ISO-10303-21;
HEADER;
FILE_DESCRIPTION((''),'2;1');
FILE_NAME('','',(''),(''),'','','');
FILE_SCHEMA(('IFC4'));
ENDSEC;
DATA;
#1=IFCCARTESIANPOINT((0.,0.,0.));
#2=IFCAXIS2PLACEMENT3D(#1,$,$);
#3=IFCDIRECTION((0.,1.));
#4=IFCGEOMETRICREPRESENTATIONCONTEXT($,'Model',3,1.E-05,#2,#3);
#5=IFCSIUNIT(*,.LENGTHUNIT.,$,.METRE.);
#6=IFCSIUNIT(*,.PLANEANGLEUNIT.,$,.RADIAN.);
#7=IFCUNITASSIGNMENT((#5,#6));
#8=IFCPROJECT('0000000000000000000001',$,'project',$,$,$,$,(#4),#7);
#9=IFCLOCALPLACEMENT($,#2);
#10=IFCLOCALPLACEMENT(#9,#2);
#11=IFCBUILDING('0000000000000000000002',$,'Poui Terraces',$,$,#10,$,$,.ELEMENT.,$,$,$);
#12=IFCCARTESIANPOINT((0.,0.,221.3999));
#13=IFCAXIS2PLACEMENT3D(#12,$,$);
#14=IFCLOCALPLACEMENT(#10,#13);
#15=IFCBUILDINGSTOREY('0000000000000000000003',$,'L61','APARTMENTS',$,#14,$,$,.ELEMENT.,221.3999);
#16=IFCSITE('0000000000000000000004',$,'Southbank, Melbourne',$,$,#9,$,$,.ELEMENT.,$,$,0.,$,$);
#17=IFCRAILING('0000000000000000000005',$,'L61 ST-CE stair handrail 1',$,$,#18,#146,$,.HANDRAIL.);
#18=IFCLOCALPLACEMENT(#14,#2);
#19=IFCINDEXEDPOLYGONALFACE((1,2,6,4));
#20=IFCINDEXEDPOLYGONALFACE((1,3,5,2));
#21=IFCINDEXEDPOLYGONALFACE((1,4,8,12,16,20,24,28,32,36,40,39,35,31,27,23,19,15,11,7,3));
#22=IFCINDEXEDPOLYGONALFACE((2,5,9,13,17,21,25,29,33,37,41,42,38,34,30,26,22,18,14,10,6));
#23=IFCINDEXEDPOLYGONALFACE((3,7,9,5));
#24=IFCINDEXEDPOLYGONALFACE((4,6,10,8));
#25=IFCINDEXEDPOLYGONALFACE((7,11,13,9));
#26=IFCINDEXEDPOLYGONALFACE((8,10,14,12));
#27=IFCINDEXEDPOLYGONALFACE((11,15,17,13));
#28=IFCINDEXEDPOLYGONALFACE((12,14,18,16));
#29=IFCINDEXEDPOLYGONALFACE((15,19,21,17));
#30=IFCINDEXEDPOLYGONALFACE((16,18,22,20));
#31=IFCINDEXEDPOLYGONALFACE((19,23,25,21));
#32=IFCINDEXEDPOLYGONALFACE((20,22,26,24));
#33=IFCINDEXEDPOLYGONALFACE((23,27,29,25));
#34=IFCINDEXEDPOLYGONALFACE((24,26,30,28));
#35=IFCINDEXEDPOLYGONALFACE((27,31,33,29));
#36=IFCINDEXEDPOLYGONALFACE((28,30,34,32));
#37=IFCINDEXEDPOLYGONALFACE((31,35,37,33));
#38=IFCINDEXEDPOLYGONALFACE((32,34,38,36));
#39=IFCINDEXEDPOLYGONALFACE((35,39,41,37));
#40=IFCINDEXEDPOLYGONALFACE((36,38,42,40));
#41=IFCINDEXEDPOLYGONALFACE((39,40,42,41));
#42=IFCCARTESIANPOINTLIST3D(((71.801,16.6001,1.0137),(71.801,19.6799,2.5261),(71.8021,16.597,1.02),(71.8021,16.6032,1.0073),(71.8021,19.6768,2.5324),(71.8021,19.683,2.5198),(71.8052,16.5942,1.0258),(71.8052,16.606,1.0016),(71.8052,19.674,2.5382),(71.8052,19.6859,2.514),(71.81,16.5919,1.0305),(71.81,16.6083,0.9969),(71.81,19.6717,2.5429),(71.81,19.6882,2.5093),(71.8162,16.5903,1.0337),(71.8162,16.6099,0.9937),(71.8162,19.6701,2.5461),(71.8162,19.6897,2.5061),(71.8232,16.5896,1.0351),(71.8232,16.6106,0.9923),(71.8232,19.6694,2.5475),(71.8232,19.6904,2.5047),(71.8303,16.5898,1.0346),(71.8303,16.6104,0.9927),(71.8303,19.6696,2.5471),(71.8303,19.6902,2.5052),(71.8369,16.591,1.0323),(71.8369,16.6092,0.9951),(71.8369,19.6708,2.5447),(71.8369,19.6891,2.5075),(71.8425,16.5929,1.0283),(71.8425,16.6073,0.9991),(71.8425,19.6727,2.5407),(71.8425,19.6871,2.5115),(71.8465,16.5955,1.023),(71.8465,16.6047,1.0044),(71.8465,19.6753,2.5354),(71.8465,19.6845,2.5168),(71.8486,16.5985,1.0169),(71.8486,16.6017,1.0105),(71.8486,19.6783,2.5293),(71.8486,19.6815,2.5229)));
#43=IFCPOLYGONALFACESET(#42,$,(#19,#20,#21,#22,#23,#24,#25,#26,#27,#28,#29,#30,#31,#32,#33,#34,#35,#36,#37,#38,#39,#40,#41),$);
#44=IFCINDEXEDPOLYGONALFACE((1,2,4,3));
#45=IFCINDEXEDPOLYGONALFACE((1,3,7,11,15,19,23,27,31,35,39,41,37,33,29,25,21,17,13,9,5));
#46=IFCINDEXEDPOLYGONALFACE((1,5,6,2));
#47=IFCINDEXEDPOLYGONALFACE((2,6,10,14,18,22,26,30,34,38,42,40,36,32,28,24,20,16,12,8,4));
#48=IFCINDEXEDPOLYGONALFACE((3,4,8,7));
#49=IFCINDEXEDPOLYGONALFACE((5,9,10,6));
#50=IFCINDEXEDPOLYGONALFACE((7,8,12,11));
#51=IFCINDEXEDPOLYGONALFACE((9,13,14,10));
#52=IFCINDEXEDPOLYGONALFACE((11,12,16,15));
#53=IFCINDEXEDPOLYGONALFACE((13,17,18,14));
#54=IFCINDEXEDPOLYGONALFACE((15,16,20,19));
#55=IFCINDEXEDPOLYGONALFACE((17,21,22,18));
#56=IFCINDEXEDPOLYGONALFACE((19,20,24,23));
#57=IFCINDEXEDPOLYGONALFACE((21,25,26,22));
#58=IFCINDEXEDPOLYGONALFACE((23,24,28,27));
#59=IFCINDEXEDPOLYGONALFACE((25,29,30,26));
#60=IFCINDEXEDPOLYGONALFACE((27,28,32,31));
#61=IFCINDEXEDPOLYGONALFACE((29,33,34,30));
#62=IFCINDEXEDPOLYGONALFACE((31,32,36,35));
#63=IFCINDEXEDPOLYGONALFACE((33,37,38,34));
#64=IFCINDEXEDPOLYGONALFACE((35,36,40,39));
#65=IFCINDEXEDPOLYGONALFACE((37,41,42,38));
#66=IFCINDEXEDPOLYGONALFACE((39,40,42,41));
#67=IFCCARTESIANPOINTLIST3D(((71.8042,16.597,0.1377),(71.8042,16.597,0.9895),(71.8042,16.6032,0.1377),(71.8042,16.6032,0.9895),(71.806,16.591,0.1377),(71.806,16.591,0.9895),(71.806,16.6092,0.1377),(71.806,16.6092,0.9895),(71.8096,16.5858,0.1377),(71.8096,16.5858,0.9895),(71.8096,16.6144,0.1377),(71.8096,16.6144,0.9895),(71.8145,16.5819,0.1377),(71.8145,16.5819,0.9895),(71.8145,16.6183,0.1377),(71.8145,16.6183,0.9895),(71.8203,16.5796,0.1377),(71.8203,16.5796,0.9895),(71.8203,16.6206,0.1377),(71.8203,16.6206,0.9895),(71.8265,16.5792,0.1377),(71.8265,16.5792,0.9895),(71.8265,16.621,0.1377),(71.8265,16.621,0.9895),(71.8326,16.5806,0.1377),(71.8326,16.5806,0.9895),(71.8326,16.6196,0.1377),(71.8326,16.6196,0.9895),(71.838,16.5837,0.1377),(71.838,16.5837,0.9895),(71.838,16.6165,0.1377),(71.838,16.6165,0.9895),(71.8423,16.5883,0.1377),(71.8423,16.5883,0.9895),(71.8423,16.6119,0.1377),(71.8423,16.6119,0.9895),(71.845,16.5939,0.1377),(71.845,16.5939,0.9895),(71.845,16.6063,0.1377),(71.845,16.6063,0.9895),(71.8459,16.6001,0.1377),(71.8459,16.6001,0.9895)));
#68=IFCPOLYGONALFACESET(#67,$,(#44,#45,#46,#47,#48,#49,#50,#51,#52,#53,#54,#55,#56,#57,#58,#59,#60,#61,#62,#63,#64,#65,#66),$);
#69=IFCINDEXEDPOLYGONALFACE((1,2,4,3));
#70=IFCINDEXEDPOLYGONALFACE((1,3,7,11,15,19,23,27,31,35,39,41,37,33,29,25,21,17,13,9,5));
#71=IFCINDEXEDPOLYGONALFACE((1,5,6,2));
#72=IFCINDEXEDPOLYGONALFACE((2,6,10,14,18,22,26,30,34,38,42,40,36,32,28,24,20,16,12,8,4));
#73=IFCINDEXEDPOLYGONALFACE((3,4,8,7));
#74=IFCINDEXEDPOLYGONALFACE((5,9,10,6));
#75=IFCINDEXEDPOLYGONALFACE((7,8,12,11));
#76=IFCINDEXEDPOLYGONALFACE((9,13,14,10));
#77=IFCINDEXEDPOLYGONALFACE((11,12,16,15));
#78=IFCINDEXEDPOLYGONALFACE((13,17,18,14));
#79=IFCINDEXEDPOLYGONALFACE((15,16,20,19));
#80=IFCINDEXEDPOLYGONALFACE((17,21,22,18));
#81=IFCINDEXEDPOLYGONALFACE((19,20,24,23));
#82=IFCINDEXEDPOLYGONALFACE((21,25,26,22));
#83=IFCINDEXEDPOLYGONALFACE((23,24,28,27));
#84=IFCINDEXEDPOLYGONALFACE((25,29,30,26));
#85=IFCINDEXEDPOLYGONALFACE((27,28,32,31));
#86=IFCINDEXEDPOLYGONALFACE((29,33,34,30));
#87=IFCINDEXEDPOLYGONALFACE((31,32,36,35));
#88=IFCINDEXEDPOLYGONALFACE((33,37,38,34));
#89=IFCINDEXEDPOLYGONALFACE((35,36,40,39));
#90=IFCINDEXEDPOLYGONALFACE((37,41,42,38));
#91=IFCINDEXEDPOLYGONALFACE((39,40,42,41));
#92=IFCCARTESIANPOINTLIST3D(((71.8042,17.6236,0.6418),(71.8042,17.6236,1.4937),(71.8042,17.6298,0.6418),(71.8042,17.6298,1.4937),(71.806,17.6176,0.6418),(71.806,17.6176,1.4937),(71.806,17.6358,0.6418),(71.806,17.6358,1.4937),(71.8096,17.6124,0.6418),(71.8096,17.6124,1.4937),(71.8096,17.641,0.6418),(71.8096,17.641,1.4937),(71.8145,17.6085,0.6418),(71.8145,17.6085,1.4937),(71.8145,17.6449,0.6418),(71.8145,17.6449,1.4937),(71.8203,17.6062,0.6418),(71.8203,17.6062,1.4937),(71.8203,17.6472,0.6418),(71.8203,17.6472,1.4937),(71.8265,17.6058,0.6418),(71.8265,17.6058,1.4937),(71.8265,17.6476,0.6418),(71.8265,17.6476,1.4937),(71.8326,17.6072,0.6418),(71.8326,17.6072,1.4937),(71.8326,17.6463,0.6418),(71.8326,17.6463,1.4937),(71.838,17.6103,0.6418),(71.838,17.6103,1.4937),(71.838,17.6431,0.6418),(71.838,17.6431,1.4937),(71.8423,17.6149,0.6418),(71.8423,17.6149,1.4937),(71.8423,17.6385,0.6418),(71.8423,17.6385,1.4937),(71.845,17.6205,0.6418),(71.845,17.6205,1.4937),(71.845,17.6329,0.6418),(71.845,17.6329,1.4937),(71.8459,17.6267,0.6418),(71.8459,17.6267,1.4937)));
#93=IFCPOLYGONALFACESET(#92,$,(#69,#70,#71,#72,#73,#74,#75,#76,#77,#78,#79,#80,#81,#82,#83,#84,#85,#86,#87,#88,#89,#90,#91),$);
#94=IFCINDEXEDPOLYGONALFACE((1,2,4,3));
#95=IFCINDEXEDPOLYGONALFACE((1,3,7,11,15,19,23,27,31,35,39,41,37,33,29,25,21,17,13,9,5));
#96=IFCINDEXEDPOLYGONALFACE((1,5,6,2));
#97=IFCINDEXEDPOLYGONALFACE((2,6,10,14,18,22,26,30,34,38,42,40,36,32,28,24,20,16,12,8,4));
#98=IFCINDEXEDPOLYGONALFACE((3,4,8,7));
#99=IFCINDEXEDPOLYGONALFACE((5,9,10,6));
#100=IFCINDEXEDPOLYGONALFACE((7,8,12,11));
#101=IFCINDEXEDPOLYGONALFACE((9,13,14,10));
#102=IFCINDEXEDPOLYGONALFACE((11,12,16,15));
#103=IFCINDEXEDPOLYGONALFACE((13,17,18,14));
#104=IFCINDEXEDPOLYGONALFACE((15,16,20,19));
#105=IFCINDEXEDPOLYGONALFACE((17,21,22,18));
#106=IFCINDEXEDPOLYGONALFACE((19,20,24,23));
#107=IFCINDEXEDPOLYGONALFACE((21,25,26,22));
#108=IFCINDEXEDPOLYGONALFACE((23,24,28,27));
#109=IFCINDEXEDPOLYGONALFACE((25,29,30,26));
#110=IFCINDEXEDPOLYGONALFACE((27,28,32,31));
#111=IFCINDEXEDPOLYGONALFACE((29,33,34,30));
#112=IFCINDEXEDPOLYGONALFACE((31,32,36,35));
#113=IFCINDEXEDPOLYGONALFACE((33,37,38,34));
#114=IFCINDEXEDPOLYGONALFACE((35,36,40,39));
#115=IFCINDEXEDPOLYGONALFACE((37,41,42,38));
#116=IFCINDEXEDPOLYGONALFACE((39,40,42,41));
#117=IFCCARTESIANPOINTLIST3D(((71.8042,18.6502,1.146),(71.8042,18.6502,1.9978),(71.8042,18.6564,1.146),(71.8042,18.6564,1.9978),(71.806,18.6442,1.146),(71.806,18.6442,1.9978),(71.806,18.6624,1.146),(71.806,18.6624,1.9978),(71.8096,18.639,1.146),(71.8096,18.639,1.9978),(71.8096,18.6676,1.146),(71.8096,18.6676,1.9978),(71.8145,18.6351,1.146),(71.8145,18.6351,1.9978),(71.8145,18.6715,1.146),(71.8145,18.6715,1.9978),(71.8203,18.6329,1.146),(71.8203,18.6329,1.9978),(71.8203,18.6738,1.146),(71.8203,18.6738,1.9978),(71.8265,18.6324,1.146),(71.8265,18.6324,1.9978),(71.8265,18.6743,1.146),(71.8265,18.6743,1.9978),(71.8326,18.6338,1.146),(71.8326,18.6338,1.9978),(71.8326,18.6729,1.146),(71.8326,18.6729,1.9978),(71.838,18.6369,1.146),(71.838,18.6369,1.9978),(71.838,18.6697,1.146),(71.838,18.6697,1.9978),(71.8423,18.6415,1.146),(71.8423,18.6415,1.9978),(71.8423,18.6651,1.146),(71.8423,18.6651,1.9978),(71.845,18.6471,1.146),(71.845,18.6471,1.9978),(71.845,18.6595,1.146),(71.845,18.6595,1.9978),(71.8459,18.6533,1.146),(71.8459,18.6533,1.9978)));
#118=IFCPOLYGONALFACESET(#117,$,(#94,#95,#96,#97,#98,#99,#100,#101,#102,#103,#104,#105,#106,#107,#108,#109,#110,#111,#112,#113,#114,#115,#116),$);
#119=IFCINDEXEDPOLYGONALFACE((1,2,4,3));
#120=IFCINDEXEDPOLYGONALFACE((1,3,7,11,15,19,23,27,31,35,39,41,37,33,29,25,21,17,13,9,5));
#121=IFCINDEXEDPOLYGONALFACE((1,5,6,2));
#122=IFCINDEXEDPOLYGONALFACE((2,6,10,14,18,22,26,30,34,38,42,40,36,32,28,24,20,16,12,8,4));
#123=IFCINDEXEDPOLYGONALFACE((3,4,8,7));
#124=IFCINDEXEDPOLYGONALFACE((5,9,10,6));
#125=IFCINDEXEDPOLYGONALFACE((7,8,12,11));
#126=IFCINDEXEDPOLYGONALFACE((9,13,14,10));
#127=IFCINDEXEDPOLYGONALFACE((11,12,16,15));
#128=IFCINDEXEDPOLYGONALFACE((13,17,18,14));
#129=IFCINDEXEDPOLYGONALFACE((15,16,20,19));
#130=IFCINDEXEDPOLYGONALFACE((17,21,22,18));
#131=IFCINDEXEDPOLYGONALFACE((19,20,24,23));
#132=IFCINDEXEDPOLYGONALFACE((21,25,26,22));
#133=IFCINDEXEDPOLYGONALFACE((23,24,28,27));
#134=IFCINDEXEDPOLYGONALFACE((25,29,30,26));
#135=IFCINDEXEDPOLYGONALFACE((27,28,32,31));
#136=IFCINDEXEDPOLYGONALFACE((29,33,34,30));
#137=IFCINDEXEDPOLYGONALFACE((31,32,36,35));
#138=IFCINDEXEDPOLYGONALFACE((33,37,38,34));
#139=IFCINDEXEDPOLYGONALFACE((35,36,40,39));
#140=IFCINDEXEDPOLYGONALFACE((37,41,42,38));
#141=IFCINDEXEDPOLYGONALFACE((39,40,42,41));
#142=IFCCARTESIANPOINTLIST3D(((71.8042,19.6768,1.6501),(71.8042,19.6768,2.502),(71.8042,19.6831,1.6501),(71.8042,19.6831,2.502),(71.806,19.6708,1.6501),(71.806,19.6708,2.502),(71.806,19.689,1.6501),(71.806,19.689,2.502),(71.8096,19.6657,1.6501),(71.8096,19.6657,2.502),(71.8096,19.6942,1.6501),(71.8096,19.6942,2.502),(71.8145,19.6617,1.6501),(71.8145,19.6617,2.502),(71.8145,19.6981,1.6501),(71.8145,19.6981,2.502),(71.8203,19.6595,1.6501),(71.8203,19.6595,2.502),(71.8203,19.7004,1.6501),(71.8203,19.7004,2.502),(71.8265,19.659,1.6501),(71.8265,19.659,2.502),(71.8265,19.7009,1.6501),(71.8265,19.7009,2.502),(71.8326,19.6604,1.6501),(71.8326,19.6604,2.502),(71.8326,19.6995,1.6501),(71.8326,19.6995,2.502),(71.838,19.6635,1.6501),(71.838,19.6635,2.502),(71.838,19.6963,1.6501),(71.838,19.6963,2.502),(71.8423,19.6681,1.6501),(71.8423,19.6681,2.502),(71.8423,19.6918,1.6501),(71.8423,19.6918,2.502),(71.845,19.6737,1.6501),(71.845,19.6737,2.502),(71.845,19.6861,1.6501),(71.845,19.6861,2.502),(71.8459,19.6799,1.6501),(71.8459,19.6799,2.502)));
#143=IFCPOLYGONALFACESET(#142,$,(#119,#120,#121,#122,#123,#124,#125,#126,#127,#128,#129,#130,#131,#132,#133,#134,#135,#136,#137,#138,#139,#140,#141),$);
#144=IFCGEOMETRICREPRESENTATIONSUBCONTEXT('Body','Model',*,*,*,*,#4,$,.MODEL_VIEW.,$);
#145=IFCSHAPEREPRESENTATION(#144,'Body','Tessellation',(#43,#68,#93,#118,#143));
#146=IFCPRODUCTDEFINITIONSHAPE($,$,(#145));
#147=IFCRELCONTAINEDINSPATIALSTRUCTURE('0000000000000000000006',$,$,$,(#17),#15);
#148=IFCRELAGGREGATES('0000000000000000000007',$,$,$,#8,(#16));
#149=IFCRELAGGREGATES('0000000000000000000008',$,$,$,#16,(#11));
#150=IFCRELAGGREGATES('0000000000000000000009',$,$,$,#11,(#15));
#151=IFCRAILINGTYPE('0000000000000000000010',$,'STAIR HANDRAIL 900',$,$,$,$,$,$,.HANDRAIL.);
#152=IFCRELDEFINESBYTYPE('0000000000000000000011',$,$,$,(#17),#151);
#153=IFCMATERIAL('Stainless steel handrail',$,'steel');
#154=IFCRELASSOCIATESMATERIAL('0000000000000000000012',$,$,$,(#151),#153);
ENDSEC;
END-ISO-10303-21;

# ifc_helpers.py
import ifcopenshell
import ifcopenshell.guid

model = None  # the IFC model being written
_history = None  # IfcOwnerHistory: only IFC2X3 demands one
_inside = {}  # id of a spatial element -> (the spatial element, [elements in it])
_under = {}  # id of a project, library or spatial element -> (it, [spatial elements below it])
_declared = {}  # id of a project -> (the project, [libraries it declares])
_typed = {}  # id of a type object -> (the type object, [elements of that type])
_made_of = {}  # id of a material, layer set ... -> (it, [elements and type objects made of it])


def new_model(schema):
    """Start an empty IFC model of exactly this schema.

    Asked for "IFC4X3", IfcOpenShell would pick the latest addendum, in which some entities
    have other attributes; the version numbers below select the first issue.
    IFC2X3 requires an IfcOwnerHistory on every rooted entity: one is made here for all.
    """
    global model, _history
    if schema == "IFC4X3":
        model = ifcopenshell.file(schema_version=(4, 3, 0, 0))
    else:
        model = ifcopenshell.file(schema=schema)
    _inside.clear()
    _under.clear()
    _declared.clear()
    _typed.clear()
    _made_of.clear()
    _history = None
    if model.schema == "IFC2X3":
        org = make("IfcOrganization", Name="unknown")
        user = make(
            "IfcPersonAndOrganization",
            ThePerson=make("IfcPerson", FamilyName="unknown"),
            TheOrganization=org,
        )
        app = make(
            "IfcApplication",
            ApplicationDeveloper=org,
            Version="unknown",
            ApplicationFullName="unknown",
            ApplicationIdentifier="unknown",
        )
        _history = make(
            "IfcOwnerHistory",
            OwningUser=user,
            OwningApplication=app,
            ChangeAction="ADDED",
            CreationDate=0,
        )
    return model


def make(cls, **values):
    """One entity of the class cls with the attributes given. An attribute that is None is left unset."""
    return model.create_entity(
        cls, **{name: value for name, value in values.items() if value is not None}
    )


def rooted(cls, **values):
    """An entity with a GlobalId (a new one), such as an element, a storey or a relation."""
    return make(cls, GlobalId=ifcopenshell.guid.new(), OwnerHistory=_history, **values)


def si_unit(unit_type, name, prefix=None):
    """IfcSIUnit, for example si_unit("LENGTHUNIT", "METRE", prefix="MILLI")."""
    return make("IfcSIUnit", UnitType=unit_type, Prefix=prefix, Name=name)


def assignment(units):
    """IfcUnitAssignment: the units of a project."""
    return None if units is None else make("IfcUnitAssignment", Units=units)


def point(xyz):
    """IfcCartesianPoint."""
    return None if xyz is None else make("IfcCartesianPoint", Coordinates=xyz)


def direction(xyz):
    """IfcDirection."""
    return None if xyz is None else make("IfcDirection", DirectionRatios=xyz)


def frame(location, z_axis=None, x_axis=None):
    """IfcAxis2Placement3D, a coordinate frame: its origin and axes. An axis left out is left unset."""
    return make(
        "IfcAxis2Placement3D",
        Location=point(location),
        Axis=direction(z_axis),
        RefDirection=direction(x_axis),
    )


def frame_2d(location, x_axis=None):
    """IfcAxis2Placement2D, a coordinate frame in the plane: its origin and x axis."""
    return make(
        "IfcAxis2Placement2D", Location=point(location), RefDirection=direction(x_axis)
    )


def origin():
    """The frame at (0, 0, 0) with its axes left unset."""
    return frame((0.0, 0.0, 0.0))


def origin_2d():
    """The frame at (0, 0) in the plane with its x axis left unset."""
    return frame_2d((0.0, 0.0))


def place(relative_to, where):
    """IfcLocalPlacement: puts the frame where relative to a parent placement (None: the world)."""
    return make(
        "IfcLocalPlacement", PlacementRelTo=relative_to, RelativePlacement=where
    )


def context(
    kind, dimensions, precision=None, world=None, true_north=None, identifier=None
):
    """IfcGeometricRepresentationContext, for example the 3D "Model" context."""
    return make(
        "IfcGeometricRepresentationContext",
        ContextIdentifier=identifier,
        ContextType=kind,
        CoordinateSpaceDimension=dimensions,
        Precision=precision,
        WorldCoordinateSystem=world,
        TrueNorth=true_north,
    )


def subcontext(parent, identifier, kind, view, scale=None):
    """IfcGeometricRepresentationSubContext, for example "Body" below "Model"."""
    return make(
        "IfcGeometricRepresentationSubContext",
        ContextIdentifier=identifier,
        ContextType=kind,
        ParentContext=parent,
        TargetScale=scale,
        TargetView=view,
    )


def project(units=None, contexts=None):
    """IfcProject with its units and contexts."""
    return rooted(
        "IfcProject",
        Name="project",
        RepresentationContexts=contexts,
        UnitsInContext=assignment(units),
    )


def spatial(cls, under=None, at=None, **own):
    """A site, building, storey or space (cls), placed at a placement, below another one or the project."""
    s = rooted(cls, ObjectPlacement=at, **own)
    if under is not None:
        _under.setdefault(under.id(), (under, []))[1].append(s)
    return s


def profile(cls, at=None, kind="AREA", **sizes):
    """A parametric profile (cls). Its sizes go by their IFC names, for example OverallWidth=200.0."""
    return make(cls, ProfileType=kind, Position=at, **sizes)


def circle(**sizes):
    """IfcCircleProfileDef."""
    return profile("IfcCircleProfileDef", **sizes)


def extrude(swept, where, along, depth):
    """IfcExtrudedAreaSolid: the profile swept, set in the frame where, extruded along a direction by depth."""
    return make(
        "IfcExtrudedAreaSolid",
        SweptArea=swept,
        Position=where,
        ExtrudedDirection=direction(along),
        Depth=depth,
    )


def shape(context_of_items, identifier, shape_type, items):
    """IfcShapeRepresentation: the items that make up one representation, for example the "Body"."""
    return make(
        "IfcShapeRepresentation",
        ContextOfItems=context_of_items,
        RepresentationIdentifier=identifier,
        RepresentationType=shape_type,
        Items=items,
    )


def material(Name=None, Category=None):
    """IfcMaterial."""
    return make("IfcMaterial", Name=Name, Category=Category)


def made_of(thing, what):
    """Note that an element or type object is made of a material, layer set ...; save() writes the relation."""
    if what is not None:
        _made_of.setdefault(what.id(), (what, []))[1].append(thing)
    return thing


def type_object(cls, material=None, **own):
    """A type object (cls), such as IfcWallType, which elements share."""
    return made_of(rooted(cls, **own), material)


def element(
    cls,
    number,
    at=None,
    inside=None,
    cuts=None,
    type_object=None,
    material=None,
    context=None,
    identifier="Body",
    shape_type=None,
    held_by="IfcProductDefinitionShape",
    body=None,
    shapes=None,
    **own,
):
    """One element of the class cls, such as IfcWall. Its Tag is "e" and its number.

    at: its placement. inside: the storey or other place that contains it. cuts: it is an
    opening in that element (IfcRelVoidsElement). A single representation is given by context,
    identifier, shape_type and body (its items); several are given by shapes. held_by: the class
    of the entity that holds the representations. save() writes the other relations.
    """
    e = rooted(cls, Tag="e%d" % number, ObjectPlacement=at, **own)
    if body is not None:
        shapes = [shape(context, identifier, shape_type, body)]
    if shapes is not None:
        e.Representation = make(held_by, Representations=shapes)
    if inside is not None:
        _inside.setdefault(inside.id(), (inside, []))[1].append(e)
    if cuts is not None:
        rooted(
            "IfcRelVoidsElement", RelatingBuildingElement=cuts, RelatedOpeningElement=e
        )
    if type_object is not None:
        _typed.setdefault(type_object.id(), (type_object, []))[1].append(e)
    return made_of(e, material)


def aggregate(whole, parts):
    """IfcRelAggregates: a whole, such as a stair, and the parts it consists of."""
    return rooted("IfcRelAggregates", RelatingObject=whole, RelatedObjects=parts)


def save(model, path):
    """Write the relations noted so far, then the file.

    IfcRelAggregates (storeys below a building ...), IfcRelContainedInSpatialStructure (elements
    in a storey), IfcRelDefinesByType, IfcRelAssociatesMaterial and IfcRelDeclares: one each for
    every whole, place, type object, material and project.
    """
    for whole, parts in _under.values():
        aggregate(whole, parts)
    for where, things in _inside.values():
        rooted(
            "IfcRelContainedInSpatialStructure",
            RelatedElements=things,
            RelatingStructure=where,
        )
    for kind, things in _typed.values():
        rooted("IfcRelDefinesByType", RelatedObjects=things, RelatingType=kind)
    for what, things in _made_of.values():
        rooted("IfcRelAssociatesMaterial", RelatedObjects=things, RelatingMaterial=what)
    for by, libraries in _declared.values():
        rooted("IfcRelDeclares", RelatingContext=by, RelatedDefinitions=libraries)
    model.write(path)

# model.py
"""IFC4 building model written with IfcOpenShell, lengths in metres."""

from ifc_helpers import new_model, si_unit, direction, frame, origin, origin_2d, place, context, subcontext, project, spatial, circle, extrude, material, type_object, element, save


model = new_model("IFC4")

# Units and contexts
model_context = context("Model", 3, precision=1e-05, world=origin(), true_north=direction((0.0, 1.0)))
body_context = subcontext(model_context, "Body", "Model", "MODEL_VIEW")
ifc_project = project(units=[si_unit("LENGTHUNIT", "METRE"), si_unit("PLANEANGLEUNIT", "RADIAN")], contexts=[model_context])

# Site, building, storey
site_placement = place(None, origin())
site = spatial("IfcSite", under=ifc_project, at=site_placement, Name="Southbank, Melbourne", CompositionType="ELEMENT", RefElevation=0.0)
building_placement = place(site_placement, origin())
building = spatial("IfcBuilding", under=site, at=building_placement, Name="Poui Terraces", CompositionType="ELEMENT")
storey_placement = place(building_placement, frame((0.0, 0.0, 221.3999)))
storey = spatial("IfcBuildingStorey", under=building, at=storey_placement, Name="L61", Description="APARTMENTS", CompositionType="ELEMENT", Elevation=221.3999)

# Railing
ifc_material_1 = material(Name="Stainless steel handrail", Category="steel")
railing_type_1 = type_object("IfcRailingType", Name="STAIR HANDRAIL 900", PredefinedType="HANDRAIL", material=ifc_material_1)
for number, where, name in (
    (1, (71.825, 16.6001, 0.1377), "L61 ST-CE stair handrail 1"),
):
    element("IfcRailing", number, at=place(storey_placement, frame(where)), inside=storey, type_object=railing_type_1, Name=name, PredefinedType="HANDRAIL", context=body_context, shape_type="SweptSolid", body=[
        extrude(circle(Radius=0.0239, at=origin_2d()), frame((0.0, 0.0, 0.876), z_axis=(0.0, 0.897606, 0.440798), x_axis=(-1.0, 0.0, 0.0)), (0.0, 0.0, 1.0), 3.4312),
        extrude(circle(Radius=0.021, at=origin_2d()), origin(), (0.0, 0.0, 1.0), 0.8518),
        extrude(circle(Radius=0.021, at=origin_2d()), frame((0.0, 1.0266, 0.5042)), (0.0, 0.0, 1.0), 0.8518),
        extrude(circle(Radius=0.021, at=origin_2d()), frame((0.0, 2.0532, 1.0083)), (0.0, 0.0, 1.0), 0.8518),
        extrude(circle(Radius=0.021, at=origin_2d()), frame((0.0, 3.0798, 1.5125)), (0.0, 0.0, 1.0), 0.8518),
    ])

save(model, "model.ifc")
